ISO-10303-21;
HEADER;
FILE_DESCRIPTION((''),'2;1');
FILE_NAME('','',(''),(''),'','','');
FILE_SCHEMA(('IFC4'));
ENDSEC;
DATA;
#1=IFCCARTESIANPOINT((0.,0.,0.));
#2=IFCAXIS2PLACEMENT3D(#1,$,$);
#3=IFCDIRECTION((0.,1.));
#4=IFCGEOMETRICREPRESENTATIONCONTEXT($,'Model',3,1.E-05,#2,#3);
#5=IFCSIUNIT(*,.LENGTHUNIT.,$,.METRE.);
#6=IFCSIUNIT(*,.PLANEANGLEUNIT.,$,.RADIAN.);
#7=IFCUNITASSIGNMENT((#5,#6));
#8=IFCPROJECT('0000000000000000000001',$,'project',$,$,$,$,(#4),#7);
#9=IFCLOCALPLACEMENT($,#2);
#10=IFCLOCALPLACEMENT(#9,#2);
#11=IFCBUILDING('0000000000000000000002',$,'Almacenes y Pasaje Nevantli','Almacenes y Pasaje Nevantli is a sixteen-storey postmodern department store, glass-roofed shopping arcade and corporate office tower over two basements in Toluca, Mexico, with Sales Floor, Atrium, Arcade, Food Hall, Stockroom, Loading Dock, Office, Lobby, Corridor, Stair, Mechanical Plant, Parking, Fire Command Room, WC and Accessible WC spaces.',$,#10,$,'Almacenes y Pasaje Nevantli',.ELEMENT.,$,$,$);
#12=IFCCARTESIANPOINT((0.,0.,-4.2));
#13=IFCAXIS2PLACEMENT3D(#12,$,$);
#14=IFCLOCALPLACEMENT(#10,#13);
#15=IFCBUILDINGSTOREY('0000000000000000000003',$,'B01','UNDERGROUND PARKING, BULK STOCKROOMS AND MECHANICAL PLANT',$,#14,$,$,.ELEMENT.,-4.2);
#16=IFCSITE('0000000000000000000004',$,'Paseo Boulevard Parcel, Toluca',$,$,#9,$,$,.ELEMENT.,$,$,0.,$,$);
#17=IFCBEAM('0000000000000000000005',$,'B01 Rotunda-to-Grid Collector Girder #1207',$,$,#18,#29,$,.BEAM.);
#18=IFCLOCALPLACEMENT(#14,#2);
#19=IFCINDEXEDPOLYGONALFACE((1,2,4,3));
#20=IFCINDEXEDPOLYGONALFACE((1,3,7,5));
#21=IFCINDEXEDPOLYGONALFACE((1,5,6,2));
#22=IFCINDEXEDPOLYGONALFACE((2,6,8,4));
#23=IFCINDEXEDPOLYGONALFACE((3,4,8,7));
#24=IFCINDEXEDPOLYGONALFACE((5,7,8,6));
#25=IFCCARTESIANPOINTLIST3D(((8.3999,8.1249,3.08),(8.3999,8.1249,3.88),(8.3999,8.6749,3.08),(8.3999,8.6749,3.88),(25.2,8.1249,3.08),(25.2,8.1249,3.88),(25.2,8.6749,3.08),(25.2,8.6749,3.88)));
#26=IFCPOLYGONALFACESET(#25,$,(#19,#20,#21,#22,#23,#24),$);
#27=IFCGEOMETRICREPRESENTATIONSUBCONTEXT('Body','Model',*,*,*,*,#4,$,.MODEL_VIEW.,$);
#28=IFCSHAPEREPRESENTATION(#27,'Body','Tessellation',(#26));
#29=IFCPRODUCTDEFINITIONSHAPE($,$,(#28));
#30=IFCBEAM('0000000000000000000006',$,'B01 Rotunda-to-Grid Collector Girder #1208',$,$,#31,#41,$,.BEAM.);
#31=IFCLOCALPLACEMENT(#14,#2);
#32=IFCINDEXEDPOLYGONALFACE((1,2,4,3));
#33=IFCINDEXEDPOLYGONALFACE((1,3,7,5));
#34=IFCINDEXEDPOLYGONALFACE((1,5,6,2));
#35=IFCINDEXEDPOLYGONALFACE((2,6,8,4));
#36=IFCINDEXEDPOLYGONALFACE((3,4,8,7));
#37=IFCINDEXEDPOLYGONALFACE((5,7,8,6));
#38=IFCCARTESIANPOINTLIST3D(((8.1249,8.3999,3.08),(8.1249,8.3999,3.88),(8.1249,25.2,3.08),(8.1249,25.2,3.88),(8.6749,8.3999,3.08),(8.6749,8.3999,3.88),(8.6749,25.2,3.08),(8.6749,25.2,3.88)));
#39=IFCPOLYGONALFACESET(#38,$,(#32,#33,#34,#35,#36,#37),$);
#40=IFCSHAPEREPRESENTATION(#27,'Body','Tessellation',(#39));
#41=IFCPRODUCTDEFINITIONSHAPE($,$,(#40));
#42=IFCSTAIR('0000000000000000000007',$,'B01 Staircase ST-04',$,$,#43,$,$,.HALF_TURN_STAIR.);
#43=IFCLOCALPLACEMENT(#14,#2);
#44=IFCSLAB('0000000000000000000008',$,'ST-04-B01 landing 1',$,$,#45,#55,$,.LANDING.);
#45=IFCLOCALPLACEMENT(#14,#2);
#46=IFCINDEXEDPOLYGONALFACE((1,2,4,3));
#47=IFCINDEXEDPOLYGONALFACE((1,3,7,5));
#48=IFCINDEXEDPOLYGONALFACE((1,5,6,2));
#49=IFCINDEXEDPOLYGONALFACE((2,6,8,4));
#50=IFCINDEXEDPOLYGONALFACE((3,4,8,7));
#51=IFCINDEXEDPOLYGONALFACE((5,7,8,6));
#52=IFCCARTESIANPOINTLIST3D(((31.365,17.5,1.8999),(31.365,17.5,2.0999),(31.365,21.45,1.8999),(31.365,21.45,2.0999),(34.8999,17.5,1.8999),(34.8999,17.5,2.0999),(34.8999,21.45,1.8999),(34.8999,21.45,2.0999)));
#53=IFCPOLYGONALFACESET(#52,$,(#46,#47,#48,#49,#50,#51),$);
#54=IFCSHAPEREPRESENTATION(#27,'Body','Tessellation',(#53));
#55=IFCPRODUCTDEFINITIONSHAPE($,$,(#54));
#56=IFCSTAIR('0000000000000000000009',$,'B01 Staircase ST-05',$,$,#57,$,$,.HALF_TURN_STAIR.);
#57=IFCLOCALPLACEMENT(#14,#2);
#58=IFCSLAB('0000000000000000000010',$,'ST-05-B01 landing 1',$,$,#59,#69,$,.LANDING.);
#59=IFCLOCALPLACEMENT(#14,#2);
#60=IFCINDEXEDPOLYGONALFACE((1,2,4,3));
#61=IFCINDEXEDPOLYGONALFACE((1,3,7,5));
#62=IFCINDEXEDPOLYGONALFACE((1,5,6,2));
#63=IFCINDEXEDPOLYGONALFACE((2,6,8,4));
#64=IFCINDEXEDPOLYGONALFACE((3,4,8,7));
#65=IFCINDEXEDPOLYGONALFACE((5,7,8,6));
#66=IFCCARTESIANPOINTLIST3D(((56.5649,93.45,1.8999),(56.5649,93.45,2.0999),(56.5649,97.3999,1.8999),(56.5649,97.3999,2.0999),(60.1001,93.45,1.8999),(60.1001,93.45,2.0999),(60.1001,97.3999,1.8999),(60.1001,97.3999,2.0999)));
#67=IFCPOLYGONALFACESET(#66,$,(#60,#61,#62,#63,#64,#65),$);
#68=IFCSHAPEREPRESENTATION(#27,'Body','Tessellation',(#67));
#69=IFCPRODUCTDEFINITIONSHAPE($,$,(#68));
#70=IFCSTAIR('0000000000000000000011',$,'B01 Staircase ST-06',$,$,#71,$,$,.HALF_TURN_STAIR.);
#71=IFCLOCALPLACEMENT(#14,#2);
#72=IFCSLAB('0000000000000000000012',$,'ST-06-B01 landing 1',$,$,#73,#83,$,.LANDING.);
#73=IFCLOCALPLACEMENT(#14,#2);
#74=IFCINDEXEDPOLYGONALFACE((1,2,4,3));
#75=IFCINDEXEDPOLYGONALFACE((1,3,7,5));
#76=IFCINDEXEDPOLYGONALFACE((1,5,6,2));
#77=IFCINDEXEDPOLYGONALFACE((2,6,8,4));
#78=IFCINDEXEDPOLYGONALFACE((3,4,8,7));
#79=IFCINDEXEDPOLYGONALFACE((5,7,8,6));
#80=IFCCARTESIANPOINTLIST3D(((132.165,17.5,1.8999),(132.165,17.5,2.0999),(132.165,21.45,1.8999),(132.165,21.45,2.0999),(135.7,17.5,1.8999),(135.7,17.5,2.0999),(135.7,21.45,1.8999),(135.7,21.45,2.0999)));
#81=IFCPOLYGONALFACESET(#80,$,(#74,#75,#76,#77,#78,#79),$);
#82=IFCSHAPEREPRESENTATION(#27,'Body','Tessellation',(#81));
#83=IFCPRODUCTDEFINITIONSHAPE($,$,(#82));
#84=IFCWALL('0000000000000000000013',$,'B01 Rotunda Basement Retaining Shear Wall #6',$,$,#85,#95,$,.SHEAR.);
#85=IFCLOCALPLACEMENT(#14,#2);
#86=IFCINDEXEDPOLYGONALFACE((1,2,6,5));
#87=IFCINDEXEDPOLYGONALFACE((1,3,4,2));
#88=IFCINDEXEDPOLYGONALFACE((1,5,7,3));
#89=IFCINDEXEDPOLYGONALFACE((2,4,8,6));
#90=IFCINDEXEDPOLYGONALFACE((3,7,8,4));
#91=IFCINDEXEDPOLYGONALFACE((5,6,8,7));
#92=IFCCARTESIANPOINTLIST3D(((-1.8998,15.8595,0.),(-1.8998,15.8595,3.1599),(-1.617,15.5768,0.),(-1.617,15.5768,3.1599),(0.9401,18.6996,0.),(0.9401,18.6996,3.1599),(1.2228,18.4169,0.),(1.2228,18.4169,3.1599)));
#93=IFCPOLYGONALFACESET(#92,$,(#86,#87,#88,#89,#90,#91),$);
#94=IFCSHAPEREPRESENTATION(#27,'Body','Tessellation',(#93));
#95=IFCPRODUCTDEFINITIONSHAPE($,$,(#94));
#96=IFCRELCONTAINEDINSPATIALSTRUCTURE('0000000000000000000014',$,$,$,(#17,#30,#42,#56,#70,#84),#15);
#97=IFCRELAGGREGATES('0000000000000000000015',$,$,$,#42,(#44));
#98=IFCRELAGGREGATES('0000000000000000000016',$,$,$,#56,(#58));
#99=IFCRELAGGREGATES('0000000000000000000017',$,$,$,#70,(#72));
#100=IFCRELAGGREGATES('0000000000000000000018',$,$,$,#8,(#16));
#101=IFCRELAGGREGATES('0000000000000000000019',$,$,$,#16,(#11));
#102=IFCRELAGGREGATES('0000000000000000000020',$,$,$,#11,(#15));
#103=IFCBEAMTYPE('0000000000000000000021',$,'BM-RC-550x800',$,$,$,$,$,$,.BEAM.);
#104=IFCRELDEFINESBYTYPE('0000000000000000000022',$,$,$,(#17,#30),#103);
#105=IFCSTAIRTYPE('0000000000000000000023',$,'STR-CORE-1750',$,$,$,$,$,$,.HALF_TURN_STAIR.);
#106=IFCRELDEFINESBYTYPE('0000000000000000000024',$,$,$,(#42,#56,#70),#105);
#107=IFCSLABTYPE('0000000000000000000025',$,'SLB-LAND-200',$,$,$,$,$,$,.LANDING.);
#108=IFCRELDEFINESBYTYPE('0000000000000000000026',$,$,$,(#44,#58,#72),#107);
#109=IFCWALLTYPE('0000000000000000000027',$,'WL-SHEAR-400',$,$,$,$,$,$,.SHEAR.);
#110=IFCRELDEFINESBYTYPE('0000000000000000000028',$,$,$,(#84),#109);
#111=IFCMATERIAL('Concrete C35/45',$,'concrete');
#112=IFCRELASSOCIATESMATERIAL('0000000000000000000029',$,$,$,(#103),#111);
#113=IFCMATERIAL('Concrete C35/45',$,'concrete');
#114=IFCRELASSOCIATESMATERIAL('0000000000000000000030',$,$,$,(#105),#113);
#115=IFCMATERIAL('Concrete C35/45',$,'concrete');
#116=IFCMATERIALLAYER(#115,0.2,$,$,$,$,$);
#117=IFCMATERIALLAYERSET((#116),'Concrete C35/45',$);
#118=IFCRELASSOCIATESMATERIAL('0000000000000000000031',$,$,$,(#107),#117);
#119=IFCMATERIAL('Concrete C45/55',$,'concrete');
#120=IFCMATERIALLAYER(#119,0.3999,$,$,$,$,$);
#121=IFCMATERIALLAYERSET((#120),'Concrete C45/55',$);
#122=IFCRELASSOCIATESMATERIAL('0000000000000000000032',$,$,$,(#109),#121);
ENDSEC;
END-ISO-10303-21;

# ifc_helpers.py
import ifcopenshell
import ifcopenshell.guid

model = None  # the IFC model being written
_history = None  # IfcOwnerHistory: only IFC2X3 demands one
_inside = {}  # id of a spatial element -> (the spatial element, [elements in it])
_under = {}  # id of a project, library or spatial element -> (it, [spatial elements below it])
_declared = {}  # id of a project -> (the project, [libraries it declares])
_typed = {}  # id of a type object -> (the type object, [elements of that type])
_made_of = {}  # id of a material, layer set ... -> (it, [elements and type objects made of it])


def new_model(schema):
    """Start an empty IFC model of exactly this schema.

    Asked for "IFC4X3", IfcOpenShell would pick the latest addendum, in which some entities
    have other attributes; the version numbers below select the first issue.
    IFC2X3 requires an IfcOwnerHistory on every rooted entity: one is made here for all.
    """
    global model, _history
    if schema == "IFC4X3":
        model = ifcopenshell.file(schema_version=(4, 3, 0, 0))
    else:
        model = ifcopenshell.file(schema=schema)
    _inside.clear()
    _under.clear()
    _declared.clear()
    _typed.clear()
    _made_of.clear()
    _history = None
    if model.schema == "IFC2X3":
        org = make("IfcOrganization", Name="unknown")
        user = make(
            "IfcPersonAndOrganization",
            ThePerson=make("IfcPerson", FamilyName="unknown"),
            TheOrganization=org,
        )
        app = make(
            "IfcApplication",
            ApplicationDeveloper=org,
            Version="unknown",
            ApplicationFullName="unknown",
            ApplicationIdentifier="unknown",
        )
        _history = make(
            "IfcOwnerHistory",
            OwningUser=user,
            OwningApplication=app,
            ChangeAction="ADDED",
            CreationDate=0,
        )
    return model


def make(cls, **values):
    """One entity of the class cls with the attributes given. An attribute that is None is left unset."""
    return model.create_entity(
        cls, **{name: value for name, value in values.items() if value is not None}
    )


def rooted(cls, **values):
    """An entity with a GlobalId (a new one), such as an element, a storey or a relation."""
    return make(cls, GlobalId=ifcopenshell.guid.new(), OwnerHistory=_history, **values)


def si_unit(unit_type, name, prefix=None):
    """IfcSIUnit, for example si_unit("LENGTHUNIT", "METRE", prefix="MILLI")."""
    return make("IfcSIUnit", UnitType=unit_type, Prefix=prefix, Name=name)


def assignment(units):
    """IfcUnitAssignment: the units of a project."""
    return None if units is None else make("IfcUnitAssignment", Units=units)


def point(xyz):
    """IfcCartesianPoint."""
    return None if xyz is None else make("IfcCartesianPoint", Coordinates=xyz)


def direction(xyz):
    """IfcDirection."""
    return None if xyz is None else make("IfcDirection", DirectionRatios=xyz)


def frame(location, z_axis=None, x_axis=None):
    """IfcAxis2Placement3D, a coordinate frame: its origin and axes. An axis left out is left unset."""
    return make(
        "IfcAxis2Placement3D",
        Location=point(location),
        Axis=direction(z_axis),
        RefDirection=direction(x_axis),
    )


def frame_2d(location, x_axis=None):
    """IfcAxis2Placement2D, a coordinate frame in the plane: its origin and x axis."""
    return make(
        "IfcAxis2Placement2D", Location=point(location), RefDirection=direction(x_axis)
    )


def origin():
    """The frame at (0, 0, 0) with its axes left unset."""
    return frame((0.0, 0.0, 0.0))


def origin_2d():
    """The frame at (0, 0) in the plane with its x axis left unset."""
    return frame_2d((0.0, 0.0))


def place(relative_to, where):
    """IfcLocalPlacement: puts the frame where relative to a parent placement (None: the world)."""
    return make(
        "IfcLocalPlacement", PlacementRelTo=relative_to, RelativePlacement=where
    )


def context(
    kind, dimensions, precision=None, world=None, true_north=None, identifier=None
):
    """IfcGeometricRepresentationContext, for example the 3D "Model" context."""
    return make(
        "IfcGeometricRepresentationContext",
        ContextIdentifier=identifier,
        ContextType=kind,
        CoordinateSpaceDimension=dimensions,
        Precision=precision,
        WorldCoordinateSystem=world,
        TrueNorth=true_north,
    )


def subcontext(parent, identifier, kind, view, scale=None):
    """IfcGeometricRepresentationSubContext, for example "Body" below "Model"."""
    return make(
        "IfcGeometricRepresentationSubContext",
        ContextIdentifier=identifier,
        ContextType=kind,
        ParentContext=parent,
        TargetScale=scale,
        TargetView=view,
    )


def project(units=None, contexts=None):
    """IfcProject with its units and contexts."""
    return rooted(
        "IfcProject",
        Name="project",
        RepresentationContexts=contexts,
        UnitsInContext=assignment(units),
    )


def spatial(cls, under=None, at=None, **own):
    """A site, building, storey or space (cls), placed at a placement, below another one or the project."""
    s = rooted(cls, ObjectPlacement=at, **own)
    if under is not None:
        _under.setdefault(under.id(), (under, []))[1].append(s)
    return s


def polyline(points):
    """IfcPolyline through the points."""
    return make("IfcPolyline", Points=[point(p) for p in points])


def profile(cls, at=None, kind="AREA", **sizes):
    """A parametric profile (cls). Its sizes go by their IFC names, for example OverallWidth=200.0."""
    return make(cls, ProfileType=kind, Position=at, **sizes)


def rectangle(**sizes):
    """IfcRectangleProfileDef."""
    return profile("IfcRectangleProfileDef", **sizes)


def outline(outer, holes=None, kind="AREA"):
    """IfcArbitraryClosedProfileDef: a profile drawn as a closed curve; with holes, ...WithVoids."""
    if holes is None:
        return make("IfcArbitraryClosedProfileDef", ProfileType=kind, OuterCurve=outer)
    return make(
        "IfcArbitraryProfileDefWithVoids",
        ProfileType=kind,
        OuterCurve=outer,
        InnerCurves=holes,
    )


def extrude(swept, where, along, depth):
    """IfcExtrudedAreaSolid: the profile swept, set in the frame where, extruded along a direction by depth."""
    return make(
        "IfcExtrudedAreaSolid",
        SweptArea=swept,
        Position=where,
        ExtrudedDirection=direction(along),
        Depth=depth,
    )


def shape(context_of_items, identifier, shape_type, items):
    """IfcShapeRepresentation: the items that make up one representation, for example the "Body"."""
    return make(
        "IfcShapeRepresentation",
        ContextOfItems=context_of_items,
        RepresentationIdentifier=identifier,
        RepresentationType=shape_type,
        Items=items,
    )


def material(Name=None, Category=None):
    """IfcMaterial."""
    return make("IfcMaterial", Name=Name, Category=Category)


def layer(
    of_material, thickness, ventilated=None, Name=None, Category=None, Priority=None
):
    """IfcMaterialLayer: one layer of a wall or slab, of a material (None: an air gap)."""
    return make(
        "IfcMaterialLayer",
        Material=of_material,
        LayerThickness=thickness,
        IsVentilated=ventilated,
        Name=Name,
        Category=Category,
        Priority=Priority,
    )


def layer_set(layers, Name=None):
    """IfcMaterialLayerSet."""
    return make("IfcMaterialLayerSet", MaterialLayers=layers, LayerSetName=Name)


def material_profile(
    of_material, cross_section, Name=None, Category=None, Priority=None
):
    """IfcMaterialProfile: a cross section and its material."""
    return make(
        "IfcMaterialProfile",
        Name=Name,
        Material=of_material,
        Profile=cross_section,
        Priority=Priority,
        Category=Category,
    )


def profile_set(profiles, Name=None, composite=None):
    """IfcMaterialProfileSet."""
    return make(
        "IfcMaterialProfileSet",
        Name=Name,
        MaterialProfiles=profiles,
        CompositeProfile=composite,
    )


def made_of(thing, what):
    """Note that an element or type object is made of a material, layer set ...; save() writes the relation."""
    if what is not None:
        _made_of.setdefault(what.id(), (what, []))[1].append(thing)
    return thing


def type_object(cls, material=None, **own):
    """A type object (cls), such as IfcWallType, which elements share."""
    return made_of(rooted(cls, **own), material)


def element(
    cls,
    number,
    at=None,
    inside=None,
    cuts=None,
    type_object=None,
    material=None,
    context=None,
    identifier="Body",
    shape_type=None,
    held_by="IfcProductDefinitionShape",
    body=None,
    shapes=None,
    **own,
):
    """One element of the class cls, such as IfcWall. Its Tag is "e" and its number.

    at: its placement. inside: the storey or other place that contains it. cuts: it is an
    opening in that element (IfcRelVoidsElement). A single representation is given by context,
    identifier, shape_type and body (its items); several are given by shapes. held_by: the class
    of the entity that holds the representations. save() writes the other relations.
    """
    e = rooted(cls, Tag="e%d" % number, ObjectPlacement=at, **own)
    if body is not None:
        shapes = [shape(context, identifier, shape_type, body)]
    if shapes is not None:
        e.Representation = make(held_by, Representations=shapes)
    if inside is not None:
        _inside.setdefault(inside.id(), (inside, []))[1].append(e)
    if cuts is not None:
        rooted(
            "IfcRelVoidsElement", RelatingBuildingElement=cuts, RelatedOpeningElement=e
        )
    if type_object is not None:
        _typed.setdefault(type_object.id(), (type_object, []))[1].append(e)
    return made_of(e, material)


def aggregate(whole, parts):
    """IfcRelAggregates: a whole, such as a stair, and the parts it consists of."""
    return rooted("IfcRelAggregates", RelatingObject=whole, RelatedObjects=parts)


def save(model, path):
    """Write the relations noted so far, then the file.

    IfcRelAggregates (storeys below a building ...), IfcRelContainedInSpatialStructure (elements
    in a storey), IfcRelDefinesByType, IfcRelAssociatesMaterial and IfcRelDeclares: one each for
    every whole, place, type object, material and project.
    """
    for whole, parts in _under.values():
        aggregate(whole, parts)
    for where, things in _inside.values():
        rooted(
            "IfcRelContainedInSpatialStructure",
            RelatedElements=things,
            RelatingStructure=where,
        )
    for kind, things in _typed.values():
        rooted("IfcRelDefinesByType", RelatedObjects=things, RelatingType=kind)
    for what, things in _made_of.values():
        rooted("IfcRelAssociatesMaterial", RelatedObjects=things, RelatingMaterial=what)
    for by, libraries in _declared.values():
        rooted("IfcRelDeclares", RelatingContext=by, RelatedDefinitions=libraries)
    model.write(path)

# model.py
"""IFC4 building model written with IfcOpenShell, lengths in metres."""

from ifc_helpers import new_model, si_unit, direction, frame, frame_2d, origin, origin_2d, place, context, subcontext, project, spatial, polyline, rectangle, outline, extrude, material, layer, layer_set, material_profile, profile_set, type_object, element, aggregate, save


model = new_model("IFC4")

# Units and contexts
model_context = context("Model", 3, precision=1e-05, world=origin(), true_north=direction((0.0, 1.0)))
body_context = subcontext(model_context, "Body", "Model", "MODEL_VIEW")
ifc_project = project(units=[si_unit("LENGTHUNIT", "METRE"), si_unit("PLANEANGLEUNIT", "RADIAN")], contexts=[model_context])

# Site, building, storey
site_placement = place(None, origin())
site = spatial("IfcSite", under=ifc_project, at=site_placement, Name="Paseo Boulevard Parcel, Toluca", CompositionType="ELEMENT", RefElevation=0.0)
building_placement = place(site_placement, origin())
building = spatial("IfcBuilding", under=site, at=building_placement, Name="Almacenes y Pasaje Nevantli", Description="Almacenes y Pasaje Nevantli is a sixteen-storey postmodern department store, glass-roofed shopping arcade and corporate office tower over two basements in Toluca, Mexico, with Sales Floor, Atrium, Arcade, Food Hall, Stockroom, Loading Dock, Office, Lobby, Corridor, Stair, Mechanical Plant, Parking, Fire Command Room, WC and Accessible WC spaces.", LongName="Almacenes y Pasaje Nevantli", CompositionType="ELEMENT")
storey_placement = place(building_placement, frame((0.0, 0.0, -4.2)))
storey = spatial("IfcBuildingStorey", under=building, at=storey_placement, Name="B01", Description="UNDERGROUND PARKING, BULK STOCKROOMS AND MECHANICAL PLANT", CompositionType="ELEMENT", Elevation=-4.2)

# Beams
ifc_material_1 = material(Name="Concrete C35/45", Category="concrete")
ifc_material_profile_1 = material_profile(ifc_material_1, rectangle(XDim=0.55, YDim=0.8, at=origin_2d()), Name="RC-BM-550x800")
ifc_profile_set_1 = profile_set([ifc_material_profile_1], Name="Concrete C35/45")
beam_type_1 = type_object("IfcBeamType", Name="BM-RC-550x800", PredefinedType="BEAM", material=ifc_profile_set_1)
for number, where, z_axis, x_axis, name in (
    (1, (8.3999, 8.3999, 3.48), (1.0, 0.0, 0.0), (0.0, 1.0, 0.0), "B01 Rotunda-to-Grid Collector Girder #1207"),
    (2, (8.3999, 8.3999, 3.48), (0.0, 1.0, 0.0), (-1.0, 0.0, 0.0), "B01 Rotunda-to-Grid Collector Girder #1208"),
):
    element("IfcBeam", number, at=place(storey_placement, frame(where, z_axis=z_axis, x_axis=x_axis)), inside=storey, type_object=beam_type_1, Name=name, PredefinedType="BEAM", context=body_context, shape_type="SweptSolid", body=[
        extrude(rectangle(XDim=0.55, YDim=0.8, at=origin_2d()), origin(), (0.0, 0.0, 1.0), 16.8),
    ])

# Stairs, slabs
ifc_material_2 = material(Name="Concrete C35/45", Category="concrete")
stair_type = type_object("IfcStairType", Name="STR-CORE-1750", PredefinedType="HALF_TURN_STAIR", material=ifc_material_2)
stair_1_placement = place(storey_placement, origin())
stair_1 = element("IfcStair", 3, at=stair_1_placement, inside=storey, type_object=stair_type, Name="B01 Staircase ST-04", PredefinedType="HALF_TURN_STAIR")
ifc_material_3 = material(Name="Concrete C35/45", Category="concrete")
ifc_layer_1 = layer(ifc_material_3, 0.2)
ifc_layer_set_1 = layer_set([ifc_layer_1], Name="Concrete C35/45")
slab_type = type_object("IfcSlabType", Name="SLB-LAND-200", PredefinedType="LANDING", material=ifc_layer_set_1)
slab_1_placement = place(storey_placement, frame((0.0, 0.0, 1.8999)))
slab_1 = element("IfcSlab", 4, at=slab_1_placement, type_object=slab_type, Name="ST-04-B01 landing 1", PredefinedType="LANDING", context=body_context, shape_type="SweptSolid", body=[
    extrude(outline(polyline([(31.365, 17.5), (34.8999, 17.5), (34.8999, 21.45), (31.365, 21.45), (31.365, 17.5)])), origin(), (0.0, 0.0, 1.0), 0.2),
])
aggregate(stair_1, [slab_1])
stair_2_placement = place(storey_placement, origin())
stair_2 = element("IfcStair", 5, at=stair_2_placement, inside=storey, type_object=stair_type, Name="B01 Staircase ST-05", PredefinedType="HALF_TURN_STAIR")
slab_2_placement = place(storey_placement, frame((0.0, 0.0, 1.8999)))
slab_2 = element("IfcSlab", 6, at=slab_2_placement, type_object=slab_type, Name="ST-05-B01 landing 1", PredefinedType="LANDING", context=body_context, shape_type="SweptSolid", body=[
    extrude(outline(polyline([(56.5649, 93.45), (60.1001, 93.45), (60.1001, 97.3999), (56.5649, 97.3999), (56.5649, 93.45)])), origin(), (0.0, 0.0, 1.0), 0.2),
])
aggregate(stair_2, [slab_2])
stair_3_placement = place(storey_placement, origin())
stair_3 = element("IfcStair", 7, at=stair_3_placement, inside=storey, type_object=stair_type, Name="B01 Staircase ST-06", PredefinedType="HALF_TURN_STAIR")
slab_3_placement = place(storey_placement, frame((0.0, 0.0, 1.8999)))
slab_3 = element("IfcSlab", 8, at=slab_3_placement, type_object=slab_type, Name="ST-06-B01 landing 1", PredefinedType="LANDING", context=body_context, shape_type="SweptSolid", body=[
    extrude(outline(polyline([(132.165, 17.5), (135.7, 17.5), (135.7, 21.45), (132.165, 21.45), (132.165, 17.5)])), origin(), (0.0, 0.0, 1.0), 0.2),
])
aggregate(stair_3, [slab_3])

# Wall
ifc_material_4 = material(Name="Concrete C45/55", Category="concrete")
ifc_layer_2 = layer(ifc_material_4, 0.3999)
ifc_layer_set_2 = layer_set([ifc_layer_2], Name="Concrete C45/55")
wall_type = type_object("IfcWallType", Name="WL-SHEAR-400", PredefinedType="SHEAR", material=ifc_layer_set_2)
wall_placement = place(storey_placement, frame((1.0815, 18.5583, 0.0), z_axis=(0.0, 0.0, 1.0), x_axis=(-0.707076, -0.707137, 0.0)))
element("IfcWall", 9, at=wall_placement, inside=storey, type_object=wall_type, Name="B01 Rotunda Basement Retaining Shear Wall #6", PredefinedType="SHEAR", context=body_context, shape_type="SweptSolid", body=[
    extrude(rectangle(XDim=4.0164, YDim=0.3999, at=frame_2d((2.0083, 0.0))), origin(), (0.0, 0.0, 1.0), 3.1599),
])

save(model, "model.ifc")
